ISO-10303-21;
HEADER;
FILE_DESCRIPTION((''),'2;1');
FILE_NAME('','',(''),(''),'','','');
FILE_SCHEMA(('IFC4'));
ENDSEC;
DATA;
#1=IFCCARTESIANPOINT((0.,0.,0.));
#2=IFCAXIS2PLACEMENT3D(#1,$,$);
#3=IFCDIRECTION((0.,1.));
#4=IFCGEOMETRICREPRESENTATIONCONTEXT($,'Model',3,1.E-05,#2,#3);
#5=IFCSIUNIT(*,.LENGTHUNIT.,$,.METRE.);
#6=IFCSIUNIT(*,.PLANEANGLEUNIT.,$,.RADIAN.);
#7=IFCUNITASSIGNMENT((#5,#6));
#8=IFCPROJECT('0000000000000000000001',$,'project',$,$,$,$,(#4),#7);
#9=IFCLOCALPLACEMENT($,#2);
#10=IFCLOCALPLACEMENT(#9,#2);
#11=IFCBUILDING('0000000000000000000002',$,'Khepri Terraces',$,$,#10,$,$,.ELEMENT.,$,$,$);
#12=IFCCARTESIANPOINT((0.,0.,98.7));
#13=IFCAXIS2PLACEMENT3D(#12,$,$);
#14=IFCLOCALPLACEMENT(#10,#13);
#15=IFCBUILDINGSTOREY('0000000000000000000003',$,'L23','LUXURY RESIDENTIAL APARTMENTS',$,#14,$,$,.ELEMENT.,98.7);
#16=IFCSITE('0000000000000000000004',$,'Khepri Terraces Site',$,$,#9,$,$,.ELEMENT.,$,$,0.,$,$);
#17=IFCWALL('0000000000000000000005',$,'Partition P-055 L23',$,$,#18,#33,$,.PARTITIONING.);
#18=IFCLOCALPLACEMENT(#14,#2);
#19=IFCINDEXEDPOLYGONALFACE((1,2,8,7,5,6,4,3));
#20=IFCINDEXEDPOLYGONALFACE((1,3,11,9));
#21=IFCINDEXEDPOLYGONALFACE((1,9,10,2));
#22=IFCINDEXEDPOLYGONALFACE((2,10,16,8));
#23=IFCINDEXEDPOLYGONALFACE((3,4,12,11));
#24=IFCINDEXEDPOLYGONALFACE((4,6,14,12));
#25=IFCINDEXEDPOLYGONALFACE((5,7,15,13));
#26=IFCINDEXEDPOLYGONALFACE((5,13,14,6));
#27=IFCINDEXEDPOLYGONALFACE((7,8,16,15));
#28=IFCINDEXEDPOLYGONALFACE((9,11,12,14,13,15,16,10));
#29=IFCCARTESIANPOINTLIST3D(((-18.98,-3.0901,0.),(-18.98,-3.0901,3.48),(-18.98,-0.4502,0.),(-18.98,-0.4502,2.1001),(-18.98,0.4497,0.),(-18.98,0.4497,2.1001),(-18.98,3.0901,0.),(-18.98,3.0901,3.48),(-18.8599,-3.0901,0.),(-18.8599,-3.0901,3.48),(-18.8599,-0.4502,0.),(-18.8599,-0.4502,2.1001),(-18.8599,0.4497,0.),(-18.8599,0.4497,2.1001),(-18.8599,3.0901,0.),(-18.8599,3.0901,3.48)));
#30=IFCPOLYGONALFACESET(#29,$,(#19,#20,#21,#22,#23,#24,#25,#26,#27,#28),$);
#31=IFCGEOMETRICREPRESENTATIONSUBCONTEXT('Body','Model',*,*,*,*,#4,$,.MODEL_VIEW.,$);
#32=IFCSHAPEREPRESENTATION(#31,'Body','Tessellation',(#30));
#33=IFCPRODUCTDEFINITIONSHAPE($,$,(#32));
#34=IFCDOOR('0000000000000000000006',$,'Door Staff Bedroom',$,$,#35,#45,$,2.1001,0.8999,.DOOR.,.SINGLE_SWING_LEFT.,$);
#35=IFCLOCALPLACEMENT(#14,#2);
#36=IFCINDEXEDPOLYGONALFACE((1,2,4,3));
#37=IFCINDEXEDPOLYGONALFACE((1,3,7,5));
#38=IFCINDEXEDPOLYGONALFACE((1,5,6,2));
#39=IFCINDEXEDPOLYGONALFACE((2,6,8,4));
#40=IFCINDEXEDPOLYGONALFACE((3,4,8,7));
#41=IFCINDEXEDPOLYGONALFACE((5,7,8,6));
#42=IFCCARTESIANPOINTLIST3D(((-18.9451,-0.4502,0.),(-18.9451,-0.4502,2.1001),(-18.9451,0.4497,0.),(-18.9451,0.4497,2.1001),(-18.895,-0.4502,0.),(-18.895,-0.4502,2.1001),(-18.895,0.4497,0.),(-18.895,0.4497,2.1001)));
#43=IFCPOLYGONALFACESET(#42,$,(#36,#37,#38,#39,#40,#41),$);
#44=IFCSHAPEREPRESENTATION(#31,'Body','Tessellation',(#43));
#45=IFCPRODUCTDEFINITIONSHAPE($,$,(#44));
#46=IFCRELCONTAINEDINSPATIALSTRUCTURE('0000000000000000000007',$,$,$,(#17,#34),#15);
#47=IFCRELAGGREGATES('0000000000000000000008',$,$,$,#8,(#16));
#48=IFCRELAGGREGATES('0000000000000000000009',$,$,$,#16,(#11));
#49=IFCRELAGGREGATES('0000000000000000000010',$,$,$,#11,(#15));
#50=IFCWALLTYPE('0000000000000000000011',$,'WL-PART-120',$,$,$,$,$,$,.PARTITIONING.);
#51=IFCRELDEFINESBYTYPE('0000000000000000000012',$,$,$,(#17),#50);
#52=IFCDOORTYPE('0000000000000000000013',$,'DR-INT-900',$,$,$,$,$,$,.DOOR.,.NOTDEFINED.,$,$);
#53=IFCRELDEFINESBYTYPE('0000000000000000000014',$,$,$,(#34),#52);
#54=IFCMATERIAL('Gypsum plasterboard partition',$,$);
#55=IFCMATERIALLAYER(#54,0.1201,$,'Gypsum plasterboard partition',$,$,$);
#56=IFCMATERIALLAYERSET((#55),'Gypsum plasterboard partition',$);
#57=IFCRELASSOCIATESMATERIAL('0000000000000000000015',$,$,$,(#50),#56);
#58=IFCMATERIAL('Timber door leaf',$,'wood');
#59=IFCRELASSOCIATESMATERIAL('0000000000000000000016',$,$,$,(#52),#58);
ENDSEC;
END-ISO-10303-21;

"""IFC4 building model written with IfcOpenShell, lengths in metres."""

from ifc_helpers import new_model, si_unit, direction, frame, frame_2d, origin, place, context, subcontext, project, spatial, rectangle, extrude, material, layer, layer_set, type_object, element, fill, save


model = new_model("IFC4")

# Units and contexts
model_context = context("Model", 3, precision=1e-05, world=origin(), true_north=direction((0.0, 1.0)))
body_context = subcontext(model_context, "Body", "Model", "MODEL_VIEW")
ifc_project = project(units=[si_unit("LENGTHUNIT", "METRE"), si_unit("PLANEANGLEUNIT", "RADIAN")], contexts=[model_context])

# Site, building, storey
site_placement = place(None, origin())
site = spatial("IfcSite", under=ifc_project, at=site_placement, Name="Khepri Terraces Site", CompositionType="ELEMENT", RefElevation=0.0)
building_placement = place(site_placement, origin())
building = spatial("IfcBuilding", under=site, at=building_placement, Name="Khepri Terraces", CompositionType="ELEMENT")
storey_placement = place(building_placement, frame((0.0, 0.0, 98.7)))
storey = spatial("IfcBuildingStorey", under=building, at=storey_placement, Name="L23", Description="LUXURY RESIDENTIAL APARTMENTS", CompositionType="ELEMENT", Elevation=98.7)

# Shared definitions
ifc_material_1 = material(Name="Gypsum plasterboard partition")
ifc_layer_1 = layer(ifc_material_1, 0.1201, Name="Gypsum plasterboard partition")
ifc_layer_set_1 = layer_set([ifc_layer_1], Name="Gypsum plasterboard partition")
wall_type_1 = type_object("IfcWallType", Name="WL-PART-120", PredefinedType="PARTITIONING", material=ifc_layer_set_1)

# Shared definitions
ifc_material_2 = material(Name="Timber door leaf", Category="wood")
door_type_1 = type_object("IfcDoorType", Name="DR-INT-900", OperationType="NOTDEFINED", PredefinedType="DOOR", material=ifc_material_2)

# Wall, opening, door
wall_1_placement = place(storey_placement, frame((-18.9199, -3.0901, 0.0), z_axis=(0.0, 0.0, 1.0), x_axis=(0.0, 1.0, 0.0)))
wall_1 = element("IfcWall", 1, at=wall_1_placement, inside=storey, type_object=wall_type_1, Name="Partition P-055 L23", PredefinedType="PARTITIONING", context=body_context, shape_type="SweptSolid", body=[
    extrude(rectangle(XDim=6.1802, YDim=0.1201, at=frame_2d((3.0901, 0.0))), origin(), (0.0, 0.0, 1.0), 3.48),
])
opening_1_placement = place(wall_1_placement, frame((2.6399, 0.0, 0.0)))
opening_1 = element("IfcOpeningElement", 2, at=opening_1_placement, cuts=wall_1, PredefinedType="OPENING", context=body_context, shape_type="SweptSolid", body=[
    extrude(rectangle(XDim=0.8999, YDim=2.1001, at=frame_2d((0.45, 1.05))), frame((0.0, 0.0701, 0.0), z_axis=(0.0, -1.0, 0.0), x_axis=(1.0, 0.0, 0.0)), (0.0, 0.0, 1.0), 0.1401),
])
door_1_placement = place(opening_1_placement, frame((0.8999, 0.0, 0.0), z_axis=(0.0, 0.0, 1.0), x_axis=(-1.0, 0.0, 0.0)))
door_1 = element("IfcDoor", 3, at=door_1_placement, inside=storey, type_object=door_type_1, Name="Door Staff Bedroom", OperationType="SINGLE_SWING_LEFT", OverallHeight=2.1001, OverallWidth=0.8999, PredefinedType="DOOR", context=body_context, shape_type="SweptSolid", body=[
    extrude(rectangle(XDim=0.8999, YDim=2.1001, at=frame_2d((0.45, 1.05))), frame((0.0, 0.0249, 0.0), z_axis=(0.0, -1.0, 0.0), x_axis=(1.0, 0.0, 0.0)), (0.0, 0.0, 1.0), 0.05),
])
fill(opening_1, door_1)

save(model, "model.ifc")
